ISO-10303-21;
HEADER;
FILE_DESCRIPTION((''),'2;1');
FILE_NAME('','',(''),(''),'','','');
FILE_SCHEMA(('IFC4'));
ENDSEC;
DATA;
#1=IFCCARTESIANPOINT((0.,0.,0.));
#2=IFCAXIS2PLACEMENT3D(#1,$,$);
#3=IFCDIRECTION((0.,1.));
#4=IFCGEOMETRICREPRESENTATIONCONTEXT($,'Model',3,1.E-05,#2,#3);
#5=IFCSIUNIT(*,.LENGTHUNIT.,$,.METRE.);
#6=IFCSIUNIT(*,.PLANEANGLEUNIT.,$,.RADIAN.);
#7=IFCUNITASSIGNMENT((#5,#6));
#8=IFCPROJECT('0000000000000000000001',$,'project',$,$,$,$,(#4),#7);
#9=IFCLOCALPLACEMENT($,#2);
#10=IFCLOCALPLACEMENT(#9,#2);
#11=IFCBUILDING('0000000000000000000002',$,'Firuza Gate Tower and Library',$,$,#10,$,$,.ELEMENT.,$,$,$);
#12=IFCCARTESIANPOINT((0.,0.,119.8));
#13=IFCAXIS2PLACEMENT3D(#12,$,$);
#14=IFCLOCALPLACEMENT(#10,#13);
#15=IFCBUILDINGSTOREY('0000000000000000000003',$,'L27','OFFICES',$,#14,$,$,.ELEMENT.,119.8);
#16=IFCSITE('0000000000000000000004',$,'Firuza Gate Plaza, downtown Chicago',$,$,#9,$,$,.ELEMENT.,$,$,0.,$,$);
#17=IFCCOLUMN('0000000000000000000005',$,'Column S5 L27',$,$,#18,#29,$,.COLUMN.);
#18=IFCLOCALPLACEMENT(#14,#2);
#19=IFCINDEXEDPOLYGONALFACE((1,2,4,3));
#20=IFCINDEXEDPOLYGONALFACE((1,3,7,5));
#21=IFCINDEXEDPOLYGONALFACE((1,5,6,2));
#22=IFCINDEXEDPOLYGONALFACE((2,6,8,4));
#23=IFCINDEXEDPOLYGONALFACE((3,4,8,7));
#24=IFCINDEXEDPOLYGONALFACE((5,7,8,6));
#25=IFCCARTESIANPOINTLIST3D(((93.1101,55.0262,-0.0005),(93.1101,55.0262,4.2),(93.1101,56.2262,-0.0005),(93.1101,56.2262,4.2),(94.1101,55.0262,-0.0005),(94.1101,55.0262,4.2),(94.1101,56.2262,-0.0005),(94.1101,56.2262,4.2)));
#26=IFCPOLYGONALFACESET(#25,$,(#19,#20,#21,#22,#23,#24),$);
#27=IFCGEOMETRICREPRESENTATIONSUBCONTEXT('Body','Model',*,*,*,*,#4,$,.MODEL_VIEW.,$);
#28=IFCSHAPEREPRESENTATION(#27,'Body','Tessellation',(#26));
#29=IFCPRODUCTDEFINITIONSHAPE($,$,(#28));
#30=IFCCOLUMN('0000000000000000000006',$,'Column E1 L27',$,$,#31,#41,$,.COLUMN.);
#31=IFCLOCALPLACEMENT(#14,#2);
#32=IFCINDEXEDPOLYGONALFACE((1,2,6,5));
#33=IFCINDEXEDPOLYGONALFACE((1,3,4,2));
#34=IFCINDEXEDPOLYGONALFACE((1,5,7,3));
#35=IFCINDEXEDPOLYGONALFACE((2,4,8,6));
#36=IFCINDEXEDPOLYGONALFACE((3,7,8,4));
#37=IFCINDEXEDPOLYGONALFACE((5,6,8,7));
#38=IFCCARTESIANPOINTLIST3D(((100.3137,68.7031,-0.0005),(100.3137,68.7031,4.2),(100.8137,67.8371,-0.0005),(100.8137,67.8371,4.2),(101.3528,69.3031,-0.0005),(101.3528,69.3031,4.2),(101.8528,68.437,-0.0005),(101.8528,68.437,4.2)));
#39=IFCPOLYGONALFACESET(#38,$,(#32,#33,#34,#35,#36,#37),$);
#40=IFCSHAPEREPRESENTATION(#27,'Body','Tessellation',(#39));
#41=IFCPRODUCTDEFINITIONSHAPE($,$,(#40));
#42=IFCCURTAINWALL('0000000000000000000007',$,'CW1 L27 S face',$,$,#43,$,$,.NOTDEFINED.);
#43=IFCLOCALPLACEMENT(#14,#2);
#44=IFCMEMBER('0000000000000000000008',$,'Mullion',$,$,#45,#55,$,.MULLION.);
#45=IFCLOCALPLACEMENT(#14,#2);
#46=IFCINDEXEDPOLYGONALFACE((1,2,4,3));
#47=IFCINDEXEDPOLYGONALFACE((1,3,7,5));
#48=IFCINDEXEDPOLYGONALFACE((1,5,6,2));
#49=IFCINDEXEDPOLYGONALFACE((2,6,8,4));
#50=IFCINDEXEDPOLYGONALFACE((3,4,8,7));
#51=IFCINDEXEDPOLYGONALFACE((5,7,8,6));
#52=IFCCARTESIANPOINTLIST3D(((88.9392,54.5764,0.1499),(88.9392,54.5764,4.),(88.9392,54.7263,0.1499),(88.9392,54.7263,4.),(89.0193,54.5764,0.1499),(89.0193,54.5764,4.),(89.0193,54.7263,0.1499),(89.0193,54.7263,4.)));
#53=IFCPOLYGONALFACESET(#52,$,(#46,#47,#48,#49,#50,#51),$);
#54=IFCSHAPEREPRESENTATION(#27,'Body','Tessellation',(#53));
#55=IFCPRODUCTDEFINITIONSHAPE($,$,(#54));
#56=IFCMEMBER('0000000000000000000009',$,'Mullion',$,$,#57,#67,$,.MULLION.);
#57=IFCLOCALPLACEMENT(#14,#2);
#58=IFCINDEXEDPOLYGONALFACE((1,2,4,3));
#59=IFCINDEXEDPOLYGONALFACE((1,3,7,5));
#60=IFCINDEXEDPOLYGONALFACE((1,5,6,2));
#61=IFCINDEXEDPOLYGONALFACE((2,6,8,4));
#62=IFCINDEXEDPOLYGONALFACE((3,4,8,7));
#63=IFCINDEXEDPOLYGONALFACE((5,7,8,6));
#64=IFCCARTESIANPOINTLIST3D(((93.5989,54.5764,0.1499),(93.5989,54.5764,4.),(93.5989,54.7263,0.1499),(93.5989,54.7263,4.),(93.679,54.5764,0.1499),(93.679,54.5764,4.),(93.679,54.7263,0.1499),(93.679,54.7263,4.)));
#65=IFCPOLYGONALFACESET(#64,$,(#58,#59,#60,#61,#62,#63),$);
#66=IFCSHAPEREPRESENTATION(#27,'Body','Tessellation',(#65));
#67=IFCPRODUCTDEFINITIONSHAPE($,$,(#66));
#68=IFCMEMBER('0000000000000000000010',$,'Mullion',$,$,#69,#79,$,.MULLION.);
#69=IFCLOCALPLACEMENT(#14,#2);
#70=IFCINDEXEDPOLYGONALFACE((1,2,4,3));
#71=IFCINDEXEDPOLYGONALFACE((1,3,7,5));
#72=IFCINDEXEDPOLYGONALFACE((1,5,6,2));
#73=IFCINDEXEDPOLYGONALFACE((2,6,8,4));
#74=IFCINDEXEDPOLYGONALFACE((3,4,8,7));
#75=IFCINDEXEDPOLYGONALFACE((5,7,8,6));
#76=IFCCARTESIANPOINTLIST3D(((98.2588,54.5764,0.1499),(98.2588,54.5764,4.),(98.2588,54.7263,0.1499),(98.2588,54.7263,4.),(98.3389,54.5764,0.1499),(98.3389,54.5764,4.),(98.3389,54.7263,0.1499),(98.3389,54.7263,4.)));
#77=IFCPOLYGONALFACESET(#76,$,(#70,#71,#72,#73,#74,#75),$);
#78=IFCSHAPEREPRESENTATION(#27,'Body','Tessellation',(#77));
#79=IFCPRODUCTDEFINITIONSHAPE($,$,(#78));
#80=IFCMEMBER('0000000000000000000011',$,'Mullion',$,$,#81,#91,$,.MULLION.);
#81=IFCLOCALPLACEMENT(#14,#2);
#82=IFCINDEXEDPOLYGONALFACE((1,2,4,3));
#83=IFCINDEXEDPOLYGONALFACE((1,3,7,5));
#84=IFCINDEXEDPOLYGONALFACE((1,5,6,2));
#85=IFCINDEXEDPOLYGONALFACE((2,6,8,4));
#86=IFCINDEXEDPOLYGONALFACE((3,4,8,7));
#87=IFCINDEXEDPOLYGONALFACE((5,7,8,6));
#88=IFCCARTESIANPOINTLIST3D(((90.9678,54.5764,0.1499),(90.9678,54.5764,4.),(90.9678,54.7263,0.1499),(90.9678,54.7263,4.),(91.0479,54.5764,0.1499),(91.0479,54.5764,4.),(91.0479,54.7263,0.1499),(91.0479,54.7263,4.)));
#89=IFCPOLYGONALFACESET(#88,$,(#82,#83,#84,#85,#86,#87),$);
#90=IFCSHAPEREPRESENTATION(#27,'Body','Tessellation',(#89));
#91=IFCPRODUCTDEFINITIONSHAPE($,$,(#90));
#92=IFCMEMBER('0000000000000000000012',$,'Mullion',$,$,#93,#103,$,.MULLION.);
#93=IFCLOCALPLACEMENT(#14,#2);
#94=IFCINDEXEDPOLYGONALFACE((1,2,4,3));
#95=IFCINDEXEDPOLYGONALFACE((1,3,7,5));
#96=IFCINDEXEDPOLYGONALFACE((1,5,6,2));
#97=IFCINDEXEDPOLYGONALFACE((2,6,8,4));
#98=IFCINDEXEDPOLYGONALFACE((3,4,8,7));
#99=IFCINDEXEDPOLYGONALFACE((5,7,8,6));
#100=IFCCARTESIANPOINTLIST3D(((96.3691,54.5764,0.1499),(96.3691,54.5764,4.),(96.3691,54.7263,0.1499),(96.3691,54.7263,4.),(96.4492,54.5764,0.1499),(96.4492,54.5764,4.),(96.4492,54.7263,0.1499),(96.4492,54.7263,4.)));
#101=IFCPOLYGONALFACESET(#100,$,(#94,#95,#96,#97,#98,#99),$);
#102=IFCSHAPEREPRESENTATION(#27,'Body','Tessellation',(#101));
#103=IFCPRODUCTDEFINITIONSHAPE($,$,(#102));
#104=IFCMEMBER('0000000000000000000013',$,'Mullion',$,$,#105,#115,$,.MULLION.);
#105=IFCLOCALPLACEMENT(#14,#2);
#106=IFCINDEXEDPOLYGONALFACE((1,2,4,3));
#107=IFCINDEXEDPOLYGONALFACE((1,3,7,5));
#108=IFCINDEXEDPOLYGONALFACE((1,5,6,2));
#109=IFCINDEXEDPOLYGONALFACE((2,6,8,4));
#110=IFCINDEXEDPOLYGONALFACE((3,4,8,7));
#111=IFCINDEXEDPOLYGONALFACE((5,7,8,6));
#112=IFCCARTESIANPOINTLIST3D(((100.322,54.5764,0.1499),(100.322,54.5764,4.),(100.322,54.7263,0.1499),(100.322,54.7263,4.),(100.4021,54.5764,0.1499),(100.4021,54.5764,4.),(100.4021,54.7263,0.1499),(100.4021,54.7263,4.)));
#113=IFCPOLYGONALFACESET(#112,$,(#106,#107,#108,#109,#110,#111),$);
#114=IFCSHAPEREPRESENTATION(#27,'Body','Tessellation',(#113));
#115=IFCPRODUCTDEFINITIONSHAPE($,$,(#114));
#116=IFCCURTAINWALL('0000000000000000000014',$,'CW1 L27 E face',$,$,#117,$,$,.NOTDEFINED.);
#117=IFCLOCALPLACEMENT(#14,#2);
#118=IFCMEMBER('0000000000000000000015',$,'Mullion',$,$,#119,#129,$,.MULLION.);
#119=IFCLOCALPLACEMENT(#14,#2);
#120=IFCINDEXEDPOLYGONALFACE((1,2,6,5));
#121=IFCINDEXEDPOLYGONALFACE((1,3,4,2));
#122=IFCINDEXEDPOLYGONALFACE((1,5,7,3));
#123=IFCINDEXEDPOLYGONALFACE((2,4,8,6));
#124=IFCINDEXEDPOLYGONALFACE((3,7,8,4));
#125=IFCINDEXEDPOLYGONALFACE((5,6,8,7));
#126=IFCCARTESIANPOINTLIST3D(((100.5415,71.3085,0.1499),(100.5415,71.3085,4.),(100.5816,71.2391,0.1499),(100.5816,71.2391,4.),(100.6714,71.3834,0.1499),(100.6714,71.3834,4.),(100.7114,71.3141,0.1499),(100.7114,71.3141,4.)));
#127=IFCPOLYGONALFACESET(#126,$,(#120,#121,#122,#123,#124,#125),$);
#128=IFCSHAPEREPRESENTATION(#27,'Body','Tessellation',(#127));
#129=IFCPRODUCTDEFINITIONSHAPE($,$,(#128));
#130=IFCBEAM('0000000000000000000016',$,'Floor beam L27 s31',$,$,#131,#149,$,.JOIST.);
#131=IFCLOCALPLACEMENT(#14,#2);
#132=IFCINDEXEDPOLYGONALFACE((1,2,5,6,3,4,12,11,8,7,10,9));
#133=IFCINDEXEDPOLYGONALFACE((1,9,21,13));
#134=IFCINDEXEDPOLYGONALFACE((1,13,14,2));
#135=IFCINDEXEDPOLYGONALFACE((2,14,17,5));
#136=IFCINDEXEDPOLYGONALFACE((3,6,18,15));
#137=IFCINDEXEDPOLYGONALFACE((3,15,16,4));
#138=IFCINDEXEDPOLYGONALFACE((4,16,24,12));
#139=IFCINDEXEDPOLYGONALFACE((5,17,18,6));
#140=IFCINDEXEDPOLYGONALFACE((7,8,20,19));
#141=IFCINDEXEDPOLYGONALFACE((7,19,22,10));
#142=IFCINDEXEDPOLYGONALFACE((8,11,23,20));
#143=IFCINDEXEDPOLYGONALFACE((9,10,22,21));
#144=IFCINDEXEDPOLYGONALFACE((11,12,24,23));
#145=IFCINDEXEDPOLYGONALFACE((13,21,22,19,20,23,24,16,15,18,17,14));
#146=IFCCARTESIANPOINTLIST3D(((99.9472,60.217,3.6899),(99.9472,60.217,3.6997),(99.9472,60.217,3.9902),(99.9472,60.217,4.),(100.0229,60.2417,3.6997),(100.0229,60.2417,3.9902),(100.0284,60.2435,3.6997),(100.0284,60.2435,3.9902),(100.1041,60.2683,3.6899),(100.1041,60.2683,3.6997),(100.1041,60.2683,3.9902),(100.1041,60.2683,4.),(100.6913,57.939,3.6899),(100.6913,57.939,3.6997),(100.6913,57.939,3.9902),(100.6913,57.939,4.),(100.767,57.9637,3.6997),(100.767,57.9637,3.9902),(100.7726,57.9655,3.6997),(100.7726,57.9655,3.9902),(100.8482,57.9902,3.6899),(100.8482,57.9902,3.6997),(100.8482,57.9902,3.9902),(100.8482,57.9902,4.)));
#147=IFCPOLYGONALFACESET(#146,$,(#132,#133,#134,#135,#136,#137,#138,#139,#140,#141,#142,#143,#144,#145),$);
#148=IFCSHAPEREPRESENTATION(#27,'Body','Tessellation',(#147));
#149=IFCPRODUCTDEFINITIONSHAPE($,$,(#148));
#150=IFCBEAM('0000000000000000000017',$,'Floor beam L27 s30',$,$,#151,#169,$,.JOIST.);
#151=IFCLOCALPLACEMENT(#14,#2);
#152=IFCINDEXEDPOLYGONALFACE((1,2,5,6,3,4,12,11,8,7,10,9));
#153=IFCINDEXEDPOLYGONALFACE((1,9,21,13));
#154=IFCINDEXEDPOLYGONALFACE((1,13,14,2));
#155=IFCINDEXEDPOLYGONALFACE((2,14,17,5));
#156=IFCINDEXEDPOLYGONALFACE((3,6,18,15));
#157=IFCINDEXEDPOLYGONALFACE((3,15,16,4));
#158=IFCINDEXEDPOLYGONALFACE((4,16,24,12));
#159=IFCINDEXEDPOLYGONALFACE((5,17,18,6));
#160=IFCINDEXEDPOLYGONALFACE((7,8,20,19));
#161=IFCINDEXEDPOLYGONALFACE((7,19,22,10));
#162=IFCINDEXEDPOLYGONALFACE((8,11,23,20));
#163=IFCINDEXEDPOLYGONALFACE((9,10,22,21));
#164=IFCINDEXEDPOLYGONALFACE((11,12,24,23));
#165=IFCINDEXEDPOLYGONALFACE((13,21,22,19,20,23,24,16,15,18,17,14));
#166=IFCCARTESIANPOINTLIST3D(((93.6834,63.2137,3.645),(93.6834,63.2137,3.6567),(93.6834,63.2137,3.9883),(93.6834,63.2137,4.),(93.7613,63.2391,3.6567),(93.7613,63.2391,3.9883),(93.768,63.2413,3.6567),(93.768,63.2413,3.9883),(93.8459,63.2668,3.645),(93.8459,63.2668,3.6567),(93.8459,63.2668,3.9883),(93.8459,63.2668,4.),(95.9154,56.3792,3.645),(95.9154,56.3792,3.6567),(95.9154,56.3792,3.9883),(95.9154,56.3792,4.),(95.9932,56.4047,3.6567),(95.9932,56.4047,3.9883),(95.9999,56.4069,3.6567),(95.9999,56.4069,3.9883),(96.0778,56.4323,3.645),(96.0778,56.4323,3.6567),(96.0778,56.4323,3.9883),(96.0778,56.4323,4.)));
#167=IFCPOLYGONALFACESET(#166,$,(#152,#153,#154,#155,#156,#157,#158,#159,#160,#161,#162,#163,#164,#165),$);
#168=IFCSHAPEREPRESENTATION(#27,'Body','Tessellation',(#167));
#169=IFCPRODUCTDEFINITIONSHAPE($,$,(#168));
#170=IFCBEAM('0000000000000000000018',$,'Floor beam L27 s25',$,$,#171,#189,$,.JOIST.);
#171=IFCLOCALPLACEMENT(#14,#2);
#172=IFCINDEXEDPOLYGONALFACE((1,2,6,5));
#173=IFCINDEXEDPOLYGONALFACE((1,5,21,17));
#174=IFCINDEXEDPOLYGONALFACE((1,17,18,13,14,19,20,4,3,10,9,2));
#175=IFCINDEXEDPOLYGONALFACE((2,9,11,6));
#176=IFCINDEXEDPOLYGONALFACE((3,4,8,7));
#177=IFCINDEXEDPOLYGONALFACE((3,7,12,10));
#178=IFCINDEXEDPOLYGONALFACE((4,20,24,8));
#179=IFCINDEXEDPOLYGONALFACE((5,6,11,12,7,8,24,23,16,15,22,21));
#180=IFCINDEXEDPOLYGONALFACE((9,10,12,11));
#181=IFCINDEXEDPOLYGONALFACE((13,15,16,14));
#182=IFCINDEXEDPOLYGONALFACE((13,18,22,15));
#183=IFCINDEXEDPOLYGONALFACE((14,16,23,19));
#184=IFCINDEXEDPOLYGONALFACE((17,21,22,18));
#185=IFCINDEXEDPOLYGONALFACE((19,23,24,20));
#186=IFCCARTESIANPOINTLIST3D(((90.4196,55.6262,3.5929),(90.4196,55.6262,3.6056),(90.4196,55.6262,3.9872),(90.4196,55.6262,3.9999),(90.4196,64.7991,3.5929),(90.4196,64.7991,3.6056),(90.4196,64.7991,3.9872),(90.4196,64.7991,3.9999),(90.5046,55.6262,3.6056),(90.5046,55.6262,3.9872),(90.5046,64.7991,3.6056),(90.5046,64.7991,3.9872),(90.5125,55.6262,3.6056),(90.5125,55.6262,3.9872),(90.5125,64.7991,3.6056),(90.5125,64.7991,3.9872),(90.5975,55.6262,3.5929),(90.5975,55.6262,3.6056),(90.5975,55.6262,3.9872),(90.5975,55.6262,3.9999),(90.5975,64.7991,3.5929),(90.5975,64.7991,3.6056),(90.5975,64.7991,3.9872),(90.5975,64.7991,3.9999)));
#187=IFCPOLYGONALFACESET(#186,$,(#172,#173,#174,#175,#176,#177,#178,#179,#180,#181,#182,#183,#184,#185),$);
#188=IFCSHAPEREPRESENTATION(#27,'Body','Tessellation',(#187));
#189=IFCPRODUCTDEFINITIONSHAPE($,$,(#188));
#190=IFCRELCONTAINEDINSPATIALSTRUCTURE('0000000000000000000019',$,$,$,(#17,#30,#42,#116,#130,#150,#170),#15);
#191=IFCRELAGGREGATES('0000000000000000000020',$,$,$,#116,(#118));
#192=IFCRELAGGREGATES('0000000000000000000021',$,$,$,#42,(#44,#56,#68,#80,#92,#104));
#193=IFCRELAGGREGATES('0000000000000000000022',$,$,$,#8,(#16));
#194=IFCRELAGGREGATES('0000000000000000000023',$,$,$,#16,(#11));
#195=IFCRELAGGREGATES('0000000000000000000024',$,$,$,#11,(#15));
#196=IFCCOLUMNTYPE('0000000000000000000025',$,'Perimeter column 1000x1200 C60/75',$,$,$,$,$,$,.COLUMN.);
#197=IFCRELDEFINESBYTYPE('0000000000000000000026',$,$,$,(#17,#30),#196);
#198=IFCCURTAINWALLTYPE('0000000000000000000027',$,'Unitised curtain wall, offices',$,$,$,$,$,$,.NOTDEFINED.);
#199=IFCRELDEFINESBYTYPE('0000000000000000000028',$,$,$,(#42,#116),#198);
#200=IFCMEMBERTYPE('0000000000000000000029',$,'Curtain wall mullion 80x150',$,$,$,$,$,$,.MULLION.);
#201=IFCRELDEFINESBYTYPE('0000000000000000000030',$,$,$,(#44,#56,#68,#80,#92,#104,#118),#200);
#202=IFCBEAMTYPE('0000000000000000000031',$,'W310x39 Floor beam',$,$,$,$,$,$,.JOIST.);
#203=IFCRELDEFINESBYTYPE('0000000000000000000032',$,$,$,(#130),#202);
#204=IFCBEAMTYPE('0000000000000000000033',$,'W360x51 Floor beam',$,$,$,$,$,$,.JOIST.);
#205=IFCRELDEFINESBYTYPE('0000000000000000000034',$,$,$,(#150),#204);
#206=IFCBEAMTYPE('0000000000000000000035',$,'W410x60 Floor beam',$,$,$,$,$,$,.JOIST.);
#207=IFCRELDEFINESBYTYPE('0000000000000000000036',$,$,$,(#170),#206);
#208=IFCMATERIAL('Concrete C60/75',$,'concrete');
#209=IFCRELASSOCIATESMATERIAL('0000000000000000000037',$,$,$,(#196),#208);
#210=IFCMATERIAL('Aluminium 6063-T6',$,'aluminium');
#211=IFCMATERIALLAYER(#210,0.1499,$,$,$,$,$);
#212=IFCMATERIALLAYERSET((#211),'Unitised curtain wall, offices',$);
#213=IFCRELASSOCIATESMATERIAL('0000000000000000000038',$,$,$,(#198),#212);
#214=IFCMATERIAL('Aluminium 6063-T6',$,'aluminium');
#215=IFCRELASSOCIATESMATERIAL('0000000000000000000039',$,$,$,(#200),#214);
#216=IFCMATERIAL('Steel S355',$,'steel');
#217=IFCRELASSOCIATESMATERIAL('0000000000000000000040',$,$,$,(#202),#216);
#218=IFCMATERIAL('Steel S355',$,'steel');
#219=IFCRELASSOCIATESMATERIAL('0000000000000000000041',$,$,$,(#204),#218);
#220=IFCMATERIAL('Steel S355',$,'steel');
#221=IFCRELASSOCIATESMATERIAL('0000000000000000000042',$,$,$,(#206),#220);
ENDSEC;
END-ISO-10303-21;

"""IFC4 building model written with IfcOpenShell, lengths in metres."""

from ifc_helpers import new_model, si_unit, direction, frame, origin, origin_2d, place, context, subcontext, project, spatial, rectangle, i_section, extrude, material, layer, layer_set, material_profile, profile_set, type_object, element, aggregate, save


model = new_model("IFC4")

# Units and contexts
model_context = context("Model", 3, precision=1e-05, world=origin(), true_north=direction((0.0, 1.0)))
body_context = subcontext(model_context, "Body", "Model", "MODEL_VIEW")
ifc_project = project(units=[si_unit("LENGTHUNIT", "METRE"), si_unit("PLANEANGLEUNIT", "RADIAN")], contexts=[model_context])

# Site, building, storey
site_placement = place(None, origin())
site = spatial("IfcSite", under=ifc_project, at=site_placement, Name="Firuza Gate Plaza, downtown Chicago", CompositionType="ELEMENT", RefElevation=0.0)
building_placement = place(site_placement, origin())
building = spatial("IfcBuilding", under=site, at=building_placement, Name="Firuza Gate Tower and Library", CompositionType="ELEMENT")
storey_placement = place(building_placement, frame((0.0, 0.0, 119.8)))
storey = spatial("IfcBuildingStorey", under=building, at=storey_placement, Name="L27", Description="OFFICES", CompositionType="ELEMENT", Elevation=119.8)

# Columns
ifc_material_1 = material(Name="Concrete C60/75", Category="concrete")
ifc_material_profile_1 = material_profile(ifc_material_1, rectangle(XDim=1.0, YDim=1.2, at=origin_2d()))
ifc_profile_set_1 = profile_set([ifc_material_profile_1], Name="Concrete C60/75")
column_type = type_object("IfcColumnType", Name="Perimeter column 1000x1200 C60/75", PredefinedType="COLUMN", material=ifc_profile_set_1)
for number, where, z_axis, x_axis, name in (
    (1, (93.6101, 55.6262, -0.0005), (0.0, 0.0, 1.0), (1.0, 0.0, 0.0), "Column S5 L27"),
    (2, (101.0833, 68.5701, -0.0005), (0.0, 0.0, 1.0), (-0.5, 0.866025, 0.0), "Column E1 L27"),
):
    element("IfcColumn", number, at=place(storey_placement, frame(where, z_axis=z_axis, x_axis=x_axis)), inside=storey, type_object=column_type, Name=name, PredefinedType="COLUMN", context=body_context, shape_type="SweptSolid", body=[
        extrude(rectangle(XDim=1.0, YDim=1.2, at=origin_2d()), origin(), (0.0, 0.0, 1.0), 4.2004),
    ])

# Curtain wall, members
ifc_material_2 = material(Name="Aluminium 6063-T6", Category="aluminium")
ifc_layer_1 = layer(ifc_material_2, 0.1499)
ifc_layer_set_1 = layer_set([ifc_layer_1], Name="Unitised curtain wall, offices")
curtain_wall_type = type_object("IfcCurtainWallType", Name="Unitised curtain wall, offices", PredefinedType="NOTDEFINED", material=ifc_layer_set_1)
placement = place(storey_placement, origin())
curtain_wall_1 = element("IfcCurtainWall", 3, at=placement, inside=storey, type_object=curtain_wall_type, Name="CW1 L27 S face", PredefinedType="NOTDEFINED")
ifc_material_3 = material(Name="Aluminium 6063-T6", Category="aluminium")
ifc_material_profile_2 = material_profile(ifc_material_3, rectangle(XDim=0.1499, YDim=0.0801, at=origin_2d()))
ifc_profile_set_2 = profile_set([ifc_material_profile_2], Name="Aluminium 6063-T6")
member_type = type_object("IfcMemberType", Name="Curtain wall mullion 80x150", PredefinedType="MULLION", material=ifc_profile_set_2)
member_1_placement = place(storey_placement, frame((88.9792, 54.6514, 0.1499), z_axis=(0.0, 0.0, 1.0), x_axis=(0.0, 1.0, 0.0)))
member_1 = element("IfcMember", 4, at=member_1_placement, type_object=member_type, Name="Mullion", PredefinedType="MULLION", context=body_context, shape_type="SweptSolid", body=[
    extrude(rectangle(XDim=0.1499, YDim=0.0801, at=origin_2d()), origin(), (0.0, 0.0, 1.0), 3.8501),
])
member_2_placement = place(storey_placement, frame((93.6389, 54.6514, 0.1499), z_axis=(0.0, 0.0, 1.0), x_axis=(0.0, 1.0, 0.0)))
member_2 = element("IfcMember", 5, at=member_2_placement, type_object=member_type, Name="Mullion", PredefinedType="MULLION", context=body_context, shape_type="SweptSolid", body=[
    extrude(rectangle(XDim=0.1499, YDim=0.0801, at=origin_2d()), origin(), (0.0, 0.0, 1.0), 3.8501),
])
member_3_placement = place(storey_placement, frame((98.2988, 54.6514, 0.1499), z_axis=(0.0, 0.0, 1.0), x_axis=(0.0, 1.0, 0.0)))
member_3 = element("IfcMember", 6, at=member_3_placement, type_object=member_type, Name="Mullion", PredefinedType="MULLION", context=body_context, shape_type="SweptSolid", body=[
    extrude(rectangle(XDim=0.1499, YDim=0.0801, at=origin_2d()), origin(), (0.0, 0.0, 1.0), 3.8501),
])
member_4_placement = place(storey_placement, frame((91.0078, 54.6514, 0.1499), z_axis=(0.0, 0.0, 1.0), x_axis=(0.0, 1.0, 0.0)))
member_4 = element("IfcMember", 7, at=member_4_placement, type_object=member_type, Name="Mullion", PredefinedType="MULLION", context=body_context, shape_type="SweptSolid", body=[
    extrude(rectangle(XDim=0.1499, YDim=0.0801, at=origin_2d()), origin(), (0.0, 0.0, 1.0), 3.8501),
])
member_5_placement = place(storey_placement, frame((96.4092, 54.6514, 0.1499), z_axis=(0.0, 0.0, 1.0), x_axis=(0.0, 1.0, 0.0)))
member_5 = element("IfcMember", 8, at=member_5_placement, type_object=member_type, Name="Mullion", PredefinedType="MULLION", context=body_context, shape_type="SweptSolid", body=[
    extrude(rectangle(XDim=0.1499, YDim=0.0801, at=origin_2d()), origin(), (0.0, 0.0, 1.0), 3.8501),
])
member_6_placement = place(storey_placement, frame((100.3621, 54.6514, 0.1499), z_axis=(0.0, 0.0, 1.0), x_axis=(0.0, 1.0, 0.0)))
member_6 = element("IfcMember", 9, at=member_6_placement, type_object=member_type, Name="Mullion", PredefinedType="MULLION", context=body_context, shape_type="SweptSolid", body=[
    extrude(rectangle(XDim=0.1499, YDim=0.0801, at=origin_2d()), origin(), (0.0, 0.0, 1.0), 3.8501),
])

# Curtain wall, member
curtain_wall_2 = element("IfcCurtainWall", 10, at=placement, inside=storey, type_object=curtain_wall_type, Name="CW1 L27 E face", PredefinedType="NOTDEFINED")
member_7_placement = place(storey_placement, frame((100.6265, 71.3113, 0.1499), z_axis=(0.0, 0.0, 1.0), x_axis=(-0.866025, -0.5, 0.0)))
member_7 = element("IfcMember", 11, at=member_7_placement, type_object=member_type, Name="Mullion", PredefinedType="MULLION", context=body_context, shape_type="SweptSolid", body=[
    extrude(rectangle(XDim=0.1499, YDim=0.0801, at=origin_2d()), origin(), (0.0, 0.0, 1.0), 3.8501),
])

# Beams
ifc_material_4 = material(Name="Steel S355", Category="steel")
ifc_material_profile_3 = material_profile(ifc_material_4, i_section(OverallWidth=0.165, OverallDepth=0.3101, WebThickness=0.0059, FlangeThickness=0.0098, at=origin_2d()))
ifc_profile_set_3 = profile_set([ifc_material_profile_3], Name="Steel S355")
beam_type_1 = type_object("IfcBeamType", Name="W310x39 Floor beam", PredefinedType="JOIST", material=ifc_profile_set_3)
beam_1_placement = place(storey_placement, frame((100.7698, 57.9646, 3.845), z_axis=(-0.310507, 0.950571, 0.0), x_axis=(-0.950571, -0.310507, 0.0)))
element("IfcBeam", 12, at=beam_1_placement, inside=storey, type_object=beam_type_1, Name="Floor beam L27 s31", PredefinedType="JOIST", context=body_context, shape_type="SweptSolid", body=[
    extrude(i_section(OverallWidth=0.165, OverallDepth=0.3101, WebThickness=0.0059, FlangeThickness=0.0098, at=origin_2d()), origin(), (0.0, 0.0, 1.0), 2.3965),
])
ifc_material_5 = material(Name="Steel S355", Category="steel")
ifc_material_profile_4 = material_profile(ifc_material_5, i_section(OverallWidth=0.1709, OverallDepth=0.355, WebThickness=0.0071, FlangeThickness=0.0117, at=origin_2d()))
ifc_profile_set_4 = profile_set([ifc_material_profile_4], Name="Steel S355")
beam_type_2 = type_object("IfcBeamType", Name="W360x51 Floor beam", PredefinedType="JOIST", material=ifc_profile_set_4)
beam_2_placement = place(storey_placement, frame((95.9966, 56.4058, 3.8225), z_axis=(-0.310436, 0.950594, 0.0), x_axis=(-0.950594, -0.310436, 0.0)))
element("IfcBeam", 13, at=beam_2_placement, inside=storey, type_object=beam_type_2, Name="Floor beam L27 s30", PredefinedType="JOIST", context=body_context, shape_type="SweptSolid", body=[
    extrude(i_section(OverallWidth=0.1709, OverallDepth=0.355, WebThickness=0.0071, FlangeThickness=0.0117, at=origin_2d()), origin(), (0.0, 0.0, 1.0), 7.1897),
])
ifc_material_6 = material(Name="Steel S355", Category="steel")
ifc_material_profile_5 = material_profile(ifc_material_6, i_section(OverallWidth=0.178, OverallDepth=0.407, WebThickness=0.0078, FlangeThickness=0.0127, at=origin_2d()))
ifc_profile_set_5 = profile_set([ifc_material_profile_5], Name="Steel S355")
beam_type_3 = type_object("IfcBeamType", Name="W410x60 Floor beam", PredefinedType="JOIST", material=ifc_profile_set_5)
beam_3_placement = place(storey_placement, frame((90.5085, 55.6262, 3.7964), z_axis=(0.0, 1.0, 0.0), x_axis=(-1.0, 0.0, 0.0)))
element("IfcBeam", 14, at=beam_3_placement, inside=storey, type_object=beam_type_3, Name="Floor beam L27 s25", PredefinedType="JOIST", context=body_context, shape_type="SweptSolid", body=[
    extrude(i_section(OverallWidth=0.178, OverallDepth=0.407, WebThickness=0.0078, FlangeThickness=0.0127, at=origin_2d()), origin(), (0.0, 0.0, 1.0), 9.1729),
])

aggregate(curtain_wall_2, [member_7])
aggregate(curtain_wall_1, [member_1, member_2, member_3, member_4, member_5, member_6])

save(model, "model.ifc")
